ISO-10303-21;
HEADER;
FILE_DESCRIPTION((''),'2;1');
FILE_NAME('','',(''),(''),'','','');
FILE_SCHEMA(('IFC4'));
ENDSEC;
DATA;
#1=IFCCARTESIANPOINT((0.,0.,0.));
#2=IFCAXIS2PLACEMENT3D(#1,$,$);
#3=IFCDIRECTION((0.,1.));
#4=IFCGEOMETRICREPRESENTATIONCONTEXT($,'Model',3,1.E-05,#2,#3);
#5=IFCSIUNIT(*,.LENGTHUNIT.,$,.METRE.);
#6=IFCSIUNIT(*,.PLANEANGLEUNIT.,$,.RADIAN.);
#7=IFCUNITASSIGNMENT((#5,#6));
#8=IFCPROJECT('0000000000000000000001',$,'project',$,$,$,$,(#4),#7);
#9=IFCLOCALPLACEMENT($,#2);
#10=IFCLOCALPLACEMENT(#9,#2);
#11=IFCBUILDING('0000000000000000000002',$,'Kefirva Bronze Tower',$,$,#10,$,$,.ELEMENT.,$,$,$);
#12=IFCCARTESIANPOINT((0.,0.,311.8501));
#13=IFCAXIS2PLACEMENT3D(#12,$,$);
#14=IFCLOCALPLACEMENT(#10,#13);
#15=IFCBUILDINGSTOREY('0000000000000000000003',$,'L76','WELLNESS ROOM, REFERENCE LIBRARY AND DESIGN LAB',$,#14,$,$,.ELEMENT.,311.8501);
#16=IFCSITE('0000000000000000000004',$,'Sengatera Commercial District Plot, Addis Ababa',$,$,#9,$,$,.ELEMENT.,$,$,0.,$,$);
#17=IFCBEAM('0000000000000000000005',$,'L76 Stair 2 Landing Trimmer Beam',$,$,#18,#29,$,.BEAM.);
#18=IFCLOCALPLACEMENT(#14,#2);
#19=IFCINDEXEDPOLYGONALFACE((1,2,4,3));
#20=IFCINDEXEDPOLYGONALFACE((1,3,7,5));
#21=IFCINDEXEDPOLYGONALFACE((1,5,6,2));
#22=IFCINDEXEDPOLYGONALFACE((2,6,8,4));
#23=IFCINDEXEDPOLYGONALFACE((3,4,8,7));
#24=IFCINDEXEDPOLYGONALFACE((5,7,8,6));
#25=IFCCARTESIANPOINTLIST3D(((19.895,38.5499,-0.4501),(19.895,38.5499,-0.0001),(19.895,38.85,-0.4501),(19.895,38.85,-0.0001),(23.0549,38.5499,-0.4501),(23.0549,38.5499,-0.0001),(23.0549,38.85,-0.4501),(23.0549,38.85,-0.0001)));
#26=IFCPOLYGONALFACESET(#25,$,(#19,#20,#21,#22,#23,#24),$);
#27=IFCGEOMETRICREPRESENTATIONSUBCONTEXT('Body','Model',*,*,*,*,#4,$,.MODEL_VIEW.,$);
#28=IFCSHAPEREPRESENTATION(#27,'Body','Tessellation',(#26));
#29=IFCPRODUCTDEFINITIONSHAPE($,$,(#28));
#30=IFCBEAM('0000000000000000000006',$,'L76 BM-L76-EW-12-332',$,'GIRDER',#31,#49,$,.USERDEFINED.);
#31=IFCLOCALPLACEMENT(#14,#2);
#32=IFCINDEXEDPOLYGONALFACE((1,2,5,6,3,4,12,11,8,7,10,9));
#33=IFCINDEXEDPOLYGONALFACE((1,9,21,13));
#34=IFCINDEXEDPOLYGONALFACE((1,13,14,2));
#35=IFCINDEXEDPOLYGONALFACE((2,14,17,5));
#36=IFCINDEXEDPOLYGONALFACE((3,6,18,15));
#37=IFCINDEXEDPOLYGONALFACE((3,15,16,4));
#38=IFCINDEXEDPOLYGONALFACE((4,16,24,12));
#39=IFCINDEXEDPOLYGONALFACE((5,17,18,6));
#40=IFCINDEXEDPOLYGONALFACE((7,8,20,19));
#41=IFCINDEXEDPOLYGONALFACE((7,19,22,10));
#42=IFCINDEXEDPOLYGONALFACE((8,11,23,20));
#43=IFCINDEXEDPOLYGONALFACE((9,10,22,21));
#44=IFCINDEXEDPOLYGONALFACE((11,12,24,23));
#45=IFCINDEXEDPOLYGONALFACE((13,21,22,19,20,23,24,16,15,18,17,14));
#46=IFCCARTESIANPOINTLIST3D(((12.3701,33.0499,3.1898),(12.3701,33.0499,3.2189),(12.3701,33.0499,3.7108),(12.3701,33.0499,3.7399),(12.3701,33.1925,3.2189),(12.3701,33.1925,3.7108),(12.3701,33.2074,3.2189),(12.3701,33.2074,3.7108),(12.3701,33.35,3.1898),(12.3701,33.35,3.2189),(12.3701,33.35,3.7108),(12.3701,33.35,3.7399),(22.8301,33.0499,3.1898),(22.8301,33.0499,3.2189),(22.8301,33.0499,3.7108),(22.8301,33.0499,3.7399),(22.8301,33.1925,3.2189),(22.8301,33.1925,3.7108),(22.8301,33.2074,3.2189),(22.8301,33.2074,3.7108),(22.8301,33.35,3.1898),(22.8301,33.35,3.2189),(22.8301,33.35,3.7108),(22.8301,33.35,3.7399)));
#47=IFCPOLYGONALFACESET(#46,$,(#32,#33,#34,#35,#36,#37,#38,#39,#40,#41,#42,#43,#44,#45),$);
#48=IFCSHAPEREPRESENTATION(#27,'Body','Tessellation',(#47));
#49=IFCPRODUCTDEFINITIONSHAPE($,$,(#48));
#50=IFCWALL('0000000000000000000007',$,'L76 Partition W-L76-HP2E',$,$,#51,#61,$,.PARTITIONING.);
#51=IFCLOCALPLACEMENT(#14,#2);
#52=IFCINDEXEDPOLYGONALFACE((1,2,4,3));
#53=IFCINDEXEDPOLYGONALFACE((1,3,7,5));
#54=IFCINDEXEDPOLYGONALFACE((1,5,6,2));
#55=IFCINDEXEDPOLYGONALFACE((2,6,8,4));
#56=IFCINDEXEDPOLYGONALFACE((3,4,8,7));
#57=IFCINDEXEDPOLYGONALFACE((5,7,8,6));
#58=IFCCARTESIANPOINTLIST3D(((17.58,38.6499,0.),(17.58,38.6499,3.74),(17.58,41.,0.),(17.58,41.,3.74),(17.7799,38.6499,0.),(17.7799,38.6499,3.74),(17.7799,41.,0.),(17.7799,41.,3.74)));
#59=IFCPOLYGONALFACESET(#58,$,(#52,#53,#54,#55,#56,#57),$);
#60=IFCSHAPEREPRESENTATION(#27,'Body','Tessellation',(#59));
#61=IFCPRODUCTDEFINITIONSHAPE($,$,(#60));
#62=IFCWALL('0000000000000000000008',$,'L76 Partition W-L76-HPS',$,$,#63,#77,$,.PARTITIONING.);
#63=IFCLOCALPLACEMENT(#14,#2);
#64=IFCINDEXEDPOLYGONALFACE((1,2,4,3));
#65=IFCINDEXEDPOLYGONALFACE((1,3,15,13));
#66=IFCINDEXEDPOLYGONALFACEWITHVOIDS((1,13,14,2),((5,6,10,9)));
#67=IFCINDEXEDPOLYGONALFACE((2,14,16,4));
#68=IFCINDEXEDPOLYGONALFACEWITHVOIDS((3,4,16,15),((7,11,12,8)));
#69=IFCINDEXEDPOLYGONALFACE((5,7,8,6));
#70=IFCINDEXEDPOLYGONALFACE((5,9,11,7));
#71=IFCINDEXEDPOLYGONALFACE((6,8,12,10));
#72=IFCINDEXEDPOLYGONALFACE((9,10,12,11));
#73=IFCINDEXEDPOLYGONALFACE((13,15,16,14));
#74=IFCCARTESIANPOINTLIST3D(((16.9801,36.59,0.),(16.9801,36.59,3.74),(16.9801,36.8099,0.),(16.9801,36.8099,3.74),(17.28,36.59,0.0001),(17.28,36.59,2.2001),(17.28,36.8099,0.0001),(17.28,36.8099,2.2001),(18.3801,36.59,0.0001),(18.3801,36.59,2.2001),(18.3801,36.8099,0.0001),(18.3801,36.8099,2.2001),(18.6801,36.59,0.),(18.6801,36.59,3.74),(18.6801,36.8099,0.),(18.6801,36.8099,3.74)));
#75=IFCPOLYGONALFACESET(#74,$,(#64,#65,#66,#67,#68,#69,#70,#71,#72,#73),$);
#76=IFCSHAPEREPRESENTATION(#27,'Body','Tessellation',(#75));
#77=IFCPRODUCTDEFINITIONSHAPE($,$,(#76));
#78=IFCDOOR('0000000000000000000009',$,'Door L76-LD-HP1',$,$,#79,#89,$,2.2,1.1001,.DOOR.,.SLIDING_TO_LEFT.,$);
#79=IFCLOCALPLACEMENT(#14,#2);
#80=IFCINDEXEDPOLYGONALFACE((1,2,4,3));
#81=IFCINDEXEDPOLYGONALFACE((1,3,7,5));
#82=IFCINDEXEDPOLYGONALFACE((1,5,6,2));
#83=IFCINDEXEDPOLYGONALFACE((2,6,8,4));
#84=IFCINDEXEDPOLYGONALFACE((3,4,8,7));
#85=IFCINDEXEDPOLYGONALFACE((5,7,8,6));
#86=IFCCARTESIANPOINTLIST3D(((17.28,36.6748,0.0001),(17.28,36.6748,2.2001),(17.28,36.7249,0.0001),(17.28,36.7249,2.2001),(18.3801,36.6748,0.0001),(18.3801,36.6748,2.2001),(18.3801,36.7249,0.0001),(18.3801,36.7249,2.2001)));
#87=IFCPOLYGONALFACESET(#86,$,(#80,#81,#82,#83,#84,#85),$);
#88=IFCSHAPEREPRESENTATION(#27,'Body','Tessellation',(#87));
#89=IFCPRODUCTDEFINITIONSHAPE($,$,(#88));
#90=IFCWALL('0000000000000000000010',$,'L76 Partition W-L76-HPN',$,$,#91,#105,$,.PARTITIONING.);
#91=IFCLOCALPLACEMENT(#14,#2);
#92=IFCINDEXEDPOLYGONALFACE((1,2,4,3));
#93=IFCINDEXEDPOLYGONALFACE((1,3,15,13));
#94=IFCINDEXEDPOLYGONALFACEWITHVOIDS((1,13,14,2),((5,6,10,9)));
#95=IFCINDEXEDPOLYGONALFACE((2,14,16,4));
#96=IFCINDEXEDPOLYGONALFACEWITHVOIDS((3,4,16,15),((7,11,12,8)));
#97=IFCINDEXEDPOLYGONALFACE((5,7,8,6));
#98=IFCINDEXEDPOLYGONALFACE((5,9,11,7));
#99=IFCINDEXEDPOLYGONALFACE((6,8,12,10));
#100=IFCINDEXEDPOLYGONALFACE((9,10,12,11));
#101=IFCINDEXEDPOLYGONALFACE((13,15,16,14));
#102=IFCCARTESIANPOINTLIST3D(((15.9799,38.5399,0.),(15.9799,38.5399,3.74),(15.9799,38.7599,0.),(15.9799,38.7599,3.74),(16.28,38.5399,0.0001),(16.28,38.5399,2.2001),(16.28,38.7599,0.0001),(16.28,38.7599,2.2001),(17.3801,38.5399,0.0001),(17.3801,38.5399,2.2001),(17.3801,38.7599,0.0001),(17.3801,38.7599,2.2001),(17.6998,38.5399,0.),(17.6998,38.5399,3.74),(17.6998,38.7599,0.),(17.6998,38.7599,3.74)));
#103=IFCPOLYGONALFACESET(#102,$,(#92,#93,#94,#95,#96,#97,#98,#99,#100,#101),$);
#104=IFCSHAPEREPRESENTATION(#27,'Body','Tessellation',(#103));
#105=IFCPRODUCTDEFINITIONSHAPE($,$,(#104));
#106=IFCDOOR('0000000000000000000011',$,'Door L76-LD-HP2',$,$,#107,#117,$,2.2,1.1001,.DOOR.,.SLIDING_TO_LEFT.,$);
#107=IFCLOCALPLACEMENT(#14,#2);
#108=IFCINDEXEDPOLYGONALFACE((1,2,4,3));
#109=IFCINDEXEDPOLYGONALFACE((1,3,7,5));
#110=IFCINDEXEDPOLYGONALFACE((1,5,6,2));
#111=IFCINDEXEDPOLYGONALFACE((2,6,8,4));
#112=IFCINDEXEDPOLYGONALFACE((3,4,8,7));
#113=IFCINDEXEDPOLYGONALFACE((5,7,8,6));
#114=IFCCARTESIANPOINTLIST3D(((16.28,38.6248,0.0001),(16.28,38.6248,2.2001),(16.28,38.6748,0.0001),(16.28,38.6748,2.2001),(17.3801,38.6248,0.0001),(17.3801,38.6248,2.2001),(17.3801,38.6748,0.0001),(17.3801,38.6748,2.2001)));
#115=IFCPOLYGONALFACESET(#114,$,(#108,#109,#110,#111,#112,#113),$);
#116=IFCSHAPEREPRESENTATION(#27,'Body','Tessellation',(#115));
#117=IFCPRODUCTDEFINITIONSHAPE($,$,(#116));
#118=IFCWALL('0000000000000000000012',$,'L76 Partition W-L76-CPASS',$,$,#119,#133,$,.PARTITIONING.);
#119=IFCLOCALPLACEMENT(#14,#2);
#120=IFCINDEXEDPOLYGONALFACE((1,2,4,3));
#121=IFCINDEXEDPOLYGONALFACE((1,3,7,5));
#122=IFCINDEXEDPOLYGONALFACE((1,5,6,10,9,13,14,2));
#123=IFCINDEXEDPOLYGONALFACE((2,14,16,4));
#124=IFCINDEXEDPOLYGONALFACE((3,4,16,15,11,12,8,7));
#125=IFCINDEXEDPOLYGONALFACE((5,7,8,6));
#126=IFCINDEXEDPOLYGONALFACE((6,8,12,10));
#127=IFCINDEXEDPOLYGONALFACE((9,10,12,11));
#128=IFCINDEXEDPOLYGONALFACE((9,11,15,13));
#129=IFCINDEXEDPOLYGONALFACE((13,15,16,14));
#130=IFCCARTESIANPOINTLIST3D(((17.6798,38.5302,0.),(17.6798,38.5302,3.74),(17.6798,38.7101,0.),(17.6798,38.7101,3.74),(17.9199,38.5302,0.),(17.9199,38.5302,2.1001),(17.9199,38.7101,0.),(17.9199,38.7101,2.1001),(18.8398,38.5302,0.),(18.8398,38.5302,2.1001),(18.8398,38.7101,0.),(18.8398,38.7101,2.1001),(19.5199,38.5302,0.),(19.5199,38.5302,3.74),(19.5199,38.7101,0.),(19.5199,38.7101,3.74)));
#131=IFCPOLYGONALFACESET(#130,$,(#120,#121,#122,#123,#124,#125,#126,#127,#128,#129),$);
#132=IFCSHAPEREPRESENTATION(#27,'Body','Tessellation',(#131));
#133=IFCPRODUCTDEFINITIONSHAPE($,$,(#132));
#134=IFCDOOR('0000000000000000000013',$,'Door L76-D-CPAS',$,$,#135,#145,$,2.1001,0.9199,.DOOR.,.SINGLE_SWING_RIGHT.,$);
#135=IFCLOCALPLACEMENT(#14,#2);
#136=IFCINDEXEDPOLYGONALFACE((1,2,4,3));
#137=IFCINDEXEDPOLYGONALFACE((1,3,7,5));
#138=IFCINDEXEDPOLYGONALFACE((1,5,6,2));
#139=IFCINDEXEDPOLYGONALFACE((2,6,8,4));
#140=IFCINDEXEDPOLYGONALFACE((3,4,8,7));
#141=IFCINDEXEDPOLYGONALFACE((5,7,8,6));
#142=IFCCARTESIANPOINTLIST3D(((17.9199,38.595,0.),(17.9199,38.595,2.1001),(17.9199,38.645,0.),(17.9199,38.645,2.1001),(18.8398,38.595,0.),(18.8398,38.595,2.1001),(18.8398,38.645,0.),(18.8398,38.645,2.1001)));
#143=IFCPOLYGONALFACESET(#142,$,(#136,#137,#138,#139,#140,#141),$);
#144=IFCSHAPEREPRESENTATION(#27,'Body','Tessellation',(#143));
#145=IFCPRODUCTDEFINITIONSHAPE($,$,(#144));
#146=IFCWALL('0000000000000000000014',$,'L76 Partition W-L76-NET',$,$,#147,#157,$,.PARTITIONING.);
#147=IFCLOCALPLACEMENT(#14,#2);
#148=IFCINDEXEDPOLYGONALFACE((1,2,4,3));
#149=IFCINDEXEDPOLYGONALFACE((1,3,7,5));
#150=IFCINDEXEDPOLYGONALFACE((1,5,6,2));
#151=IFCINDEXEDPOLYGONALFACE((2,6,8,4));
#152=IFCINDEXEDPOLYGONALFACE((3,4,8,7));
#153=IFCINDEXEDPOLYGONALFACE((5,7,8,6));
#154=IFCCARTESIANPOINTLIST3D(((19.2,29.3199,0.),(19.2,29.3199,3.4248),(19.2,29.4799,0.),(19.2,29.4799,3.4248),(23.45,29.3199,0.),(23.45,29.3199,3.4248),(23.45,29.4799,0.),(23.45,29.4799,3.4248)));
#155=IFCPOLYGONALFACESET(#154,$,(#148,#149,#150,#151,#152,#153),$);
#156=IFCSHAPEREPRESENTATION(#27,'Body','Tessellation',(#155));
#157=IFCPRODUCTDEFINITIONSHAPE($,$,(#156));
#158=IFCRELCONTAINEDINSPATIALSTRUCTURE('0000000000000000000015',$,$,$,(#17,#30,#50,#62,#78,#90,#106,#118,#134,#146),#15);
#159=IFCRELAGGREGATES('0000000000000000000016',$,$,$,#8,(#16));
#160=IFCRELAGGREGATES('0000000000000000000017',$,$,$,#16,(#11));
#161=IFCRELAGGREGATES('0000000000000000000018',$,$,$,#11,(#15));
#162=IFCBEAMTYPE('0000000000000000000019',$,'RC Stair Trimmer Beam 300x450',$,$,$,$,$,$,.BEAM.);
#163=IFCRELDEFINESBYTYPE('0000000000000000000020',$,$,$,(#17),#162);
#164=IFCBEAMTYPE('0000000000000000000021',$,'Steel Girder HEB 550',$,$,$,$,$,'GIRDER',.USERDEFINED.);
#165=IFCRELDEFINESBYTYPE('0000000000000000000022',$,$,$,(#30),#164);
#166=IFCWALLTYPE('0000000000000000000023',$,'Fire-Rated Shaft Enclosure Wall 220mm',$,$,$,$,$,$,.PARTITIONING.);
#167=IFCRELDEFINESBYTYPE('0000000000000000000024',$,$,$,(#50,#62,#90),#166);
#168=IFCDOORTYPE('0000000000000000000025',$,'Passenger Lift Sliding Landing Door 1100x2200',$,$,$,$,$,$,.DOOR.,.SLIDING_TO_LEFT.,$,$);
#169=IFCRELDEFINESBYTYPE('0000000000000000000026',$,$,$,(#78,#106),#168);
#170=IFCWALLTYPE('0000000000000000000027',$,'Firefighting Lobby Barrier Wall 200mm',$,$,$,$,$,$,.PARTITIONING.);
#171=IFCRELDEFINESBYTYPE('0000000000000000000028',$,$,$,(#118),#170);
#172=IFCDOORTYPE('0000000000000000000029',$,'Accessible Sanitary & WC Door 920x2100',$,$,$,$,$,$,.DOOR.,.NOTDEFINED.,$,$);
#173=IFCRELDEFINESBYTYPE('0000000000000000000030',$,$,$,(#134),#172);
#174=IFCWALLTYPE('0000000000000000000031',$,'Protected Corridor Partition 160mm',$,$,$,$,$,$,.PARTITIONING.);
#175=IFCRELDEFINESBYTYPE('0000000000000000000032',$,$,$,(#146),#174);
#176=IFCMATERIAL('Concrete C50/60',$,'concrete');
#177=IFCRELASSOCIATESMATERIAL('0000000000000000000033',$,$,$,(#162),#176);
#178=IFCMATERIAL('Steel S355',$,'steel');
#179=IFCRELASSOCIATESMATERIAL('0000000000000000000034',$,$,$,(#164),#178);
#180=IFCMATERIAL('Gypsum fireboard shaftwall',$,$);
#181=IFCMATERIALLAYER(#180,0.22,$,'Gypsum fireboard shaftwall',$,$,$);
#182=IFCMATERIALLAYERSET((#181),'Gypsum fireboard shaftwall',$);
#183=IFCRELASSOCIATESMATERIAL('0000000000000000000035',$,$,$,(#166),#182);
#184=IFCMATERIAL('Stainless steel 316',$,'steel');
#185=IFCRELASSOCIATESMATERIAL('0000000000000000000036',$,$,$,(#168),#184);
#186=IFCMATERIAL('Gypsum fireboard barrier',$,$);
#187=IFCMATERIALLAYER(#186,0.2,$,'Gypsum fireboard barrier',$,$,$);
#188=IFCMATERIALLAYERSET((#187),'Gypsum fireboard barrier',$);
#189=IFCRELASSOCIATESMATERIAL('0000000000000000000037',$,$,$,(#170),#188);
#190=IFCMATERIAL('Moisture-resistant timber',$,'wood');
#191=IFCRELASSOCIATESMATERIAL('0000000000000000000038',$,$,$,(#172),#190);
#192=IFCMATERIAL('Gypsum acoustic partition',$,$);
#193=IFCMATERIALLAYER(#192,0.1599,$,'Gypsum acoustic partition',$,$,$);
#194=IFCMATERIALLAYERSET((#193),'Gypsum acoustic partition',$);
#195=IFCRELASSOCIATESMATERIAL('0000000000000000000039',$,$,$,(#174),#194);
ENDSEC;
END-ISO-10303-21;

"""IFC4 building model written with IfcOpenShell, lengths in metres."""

from ifc_helpers import new_model, si_unit, direction, frame, frame_2d, origin, origin_2d, place, context, subcontext, project, spatial, rectangle, i_section, extrude, material, layer, layer_set, material_profile, profile_set, type_object, element, fill, save


model = new_model("IFC4")

# Units and contexts
model_context = context("Model", 3, precision=1e-05, world=origin(), true_north=direction((0.0, 1.0)))
body_context = subcontext(model_context, "Body", "Model", "MODEL_VIEW")
ifc_project = project(units=[si_unit("LENGTHUNIT", "METRE"), si_unit("PLANEANGLEUNIT", "RADIAN")], contexts=[model_context])

# Site, building, storey
site_placement = place(None, origin())
site = spatial("IfcSite", under=ifc_project, at=site_placement, Name="Sengatera Commercial District Plot, Addis Ababa", CompositionType="ELEMENT", RefElevation=0.0)
building_placement = place(site_placement, origin())
building = spatial("IfcBuilding", under=site, at=building_placement, Name="Kefirva Bronze Tower", CompositionType="ELEMENT")
storey_placement = place(building_placement, frame((0.0, 0.0, 311.8501)))
storey = spatial("IfcBuildingStorey", under=building, at=storey_placement, Name="L76", Description="WELLNESS ROOM, REFERENCE LIBRARY AND DESIGN LAB", CompositionType="ELEMENT", Elevation=311.8501)

# Beams
ifc_material_1 = material(Name="Concrete C50/60", Category="concrete")
ifc_material_profile_1 = material_profile(ifc_material_1, rectangle(XDim=0.3, YDim=0.45, at=origin_2d()), Name="RC 300x450")
ifc_profile_set_1 = profile_set([ifc_material_profile_1], Name="Concrete C50/60")
beam_type_1 = type_object("IfcBeamType", Name="RC Stair Trimmer Beam 300x450", PredefinedType="BEAM", material=ifc_profile_set_1)
beam_1_placement = place(storey_placement, frame((19.895, 38.7, -0.2251), z_axis=(1.0, 0.0, 0.0), x_axis=(0.0, 1.0, 0.0)))
element("IfcBeam", 1, at=beam_1_placement, inside=storey, type_object=beam_type_1, Name="L76 Stair 2 Landing Trimmer Beam", PredefinedType="BEAM", context=body_context, shape_type="SweptSolid", body=[
    extrude(rectangle(XDim=0.3, YDim=0.45, at=origin_2d()), origin(), (0.0, 0.0, 1.0), 3.1599),
])
ifc_material_2 = material(Name="Steel S355", Category="steel")
ifc_material_profile_2 = material_profile(ifc_material_2, i_section(OverallWidth=0.3, OverallDepth=0.55, WebThickness=0.0149, FlangeThickness=0.0291, at=origin_2d()), Name="HEB 550")
ifc_profile_set_2 = profile_set([ifc_material_profile_2], Name="Steel S355")
beam_type_2 = type_object("IfcBeamType", Name="Steel Girder HEB 550", ElementType="GIRDER", PredefinedType="USERDEFINED", material=ifc_profile_set_2)
beam_2_placement = place(storey_placement, frame((12.3701, 33.2, 3.4648), z_axis=(1.0, 0.0, 0.0), x_axis=(0.0, 1.0, 0.0)))
element("IfcBeam", 2, at=beam_2_placement, inside=storey, type_object=beam_type_2, Name="L76 BM-L76-EW-12-332", ObjectType="GIRDER", PredefinedType="USERDEFINED", context=body_context, shape_type="SweptSolid", body=[
    extrude(i_section(OverallWidth=0.3, OverallDepth=0.55, WebThickness=0.0149, FlangeThickness=0.0291, at=origin_2d()), origin(), (0.0, 0.0, 1.0), 10.46),
])

# Shared definitions
ifc_material_3 = material(Name="Gypsum acoustic partition")
ifc_material_4 = material(Name="Gypsum fireboard shaftwall")
ifc_layer_1 = layer(ifc_material_4, 0.22, Name="Gypsum fireboard shaftwall")
ifc_layer_set_1 = layer_set([ifc_layer_1], Name="Gypsum fireboard shaftwall")
wall_type_1 = type_object("IfcWallType", Name="Fire-Rated Shaft Enclosure Wall 220mm", PredefinedType="PARTITIONING", material=ifc_layer_set_1)

# Wall
wall_1_placement = place(storey_placement, frame((17.6799, 38.6499, 0.0), z_axis=(0.0, 0.0, 1.0), x_axis=(0.0, 1.0, 0.0)))
element("IfcWall", 3, at=wall_1_placement, inside=storey, type_object=wall_type_1, Name="L76 Partition W-L76-HP2E", PredefinedType="PARTITIONING", context=body_context, shape_type="SweptSolid", body=[
    extrude(rectangle(XDim=2.3501, YDim=0.2, at=frame_2d((1.175, 0.0))), origin(), (0.0, 0.0, 1.0), 3.74),
])

# Walls, openings, doors
wall_2_placement = place(storey_placement, frame((16.98, 36.7, 0.0), z_axis=(0.0, 0.0, 1.0), x_axis=(1.0, 0.0, 0.0)))
wall_2 = element("IfcWall", 4, at=wall_2_placement, inside=storey, type_object=wall_type_1, Name="L76 Partition W-L76-HPS", PredefinedType="PARTITIONING", context=body_context, shape_type="SweptSolid", body=[
    extrude(rectangle(XDim=1.7, YDim=0.22, at=frame_2d((0.8501, 0.0))), origin(), (0.0, 0.0, 1.0), 3.74),
])
opening_1_placement = place(wall_2_placement, frame((0.3, 0.0, 0.0)))
opening_1 = element("IfcOpeningElement", 5, at=opening_1_placement, cuts=wall_2, PredefinedType="OPENING", context=body_context, shape_type="SweptSolid", body=[
    extrude(rectangle(XDim=1.1001, YDim=2.2, at=frame_2d((0.55, 1.1001))), frame((0.0, 0.1201, 0.0), z_axis=(0.0, -1.0, 0.0), x_axis=(1.0, 0.0, 0.0)), (0.0, 0.0, 1.0), 0.24),
])
ifc_material_5 = material(Name="Stainless steel 316", Category="steel")
door_type_1 = type_object("IfcDoorType", Name="Passenger Lift Sliding Landing Door 1100x2200", OperationType="SLIDING_TO_LEFT", PredefinedType="DOOR", material=ifc_material_5)
door_1_placement = place(opening_1_placement, origin())
door_1 = element("IfcDoor", 6, at=door_1_placement, inside=storey, type_object=door_type_1, Name="Door L76-LD-HP1", OperationType="SLIDING_TO_LEFT", OverallHeight=2.2, OverallWidth=1.1001, PredefinedType="DOOR", context=body_context, shape_type="SweptSolid", body=[
    extrude(rectangle(XDim=1.1001, YDim=2.2, at=frame_2d((0.55, 1.1001))), frame((0.0, 0.0249, 0.0), z_axis=(0.0, -1.0, 0.0), x_axis=(1.0, 0.0, 0.0)), (0.0, 0.0, 1.0), 0.05),
])
fill(opening_1, door_1)
wall_3_placement = place(storey_placement, frame((15.98, 38.6499, 0.0), z_axis=(0.0, 0.0, 1.0), x_axis=(1.0, 0.0, 0.0)))
wall_3 = element("IfcWall", 7, at=wall_3_placement, inside=storey, type_object=wall_type_1, Name="L76 Partition W-L76-HPN", PredefinedType="PARTITIONING", context=body_context, shape_type="SweptSolid", body=[
    extrude(rectangle(XDim=1.72, YDim=0.22, at=frame_2d((0.8599, 0.0))), origin(), (0.0, 0.0, 1.0), 3.74),
])
opening_2_placement = place(wall_3_placement, frame((0.3, 0.0, 0.0)))
opening_2 = element("IfcOpeningElement", 8, at=opening_2_placement, cuts=wall_3, PredefinedType="OPENING", context=body_context, shape_type="SweptSolid", body=[
    extrude(rectangle(XDim=1.1001, YDim=2.2, at=frame_2d((0.55, 1.1001))), frame((0.0, 0.1201, 0.0), z_axis=(0.0, -1.0, 0.0), x_axis=(1.0, 0.0, 0.0)), (0.0, 0.0, 1.0), 0.24),
])
door_2_placement = place(opening_2_placement, origin())
door_2 = element("IfcDoor", 9, at=door_2_placement, inside=storey, type_object=door_type_1, Name="Door L76-LD-HP2", OperationType="SLIDING_TO_LEFT", OverallHeight=2.2, OverallWidth=1.1001, PredefinedType="DOOR", context=body_context, shape_type="SweptSolid", body=[
    extrude(rectangle(XDim=1.1001, YDim=2.2, at=frame_2d((0.55, 1.1001))), frame((0.0, 0.0249, 0.0), z_axis=(0.0, -1.0, 0.0), x_axis=(1.0, 0.0, 0.0)), (0.0, 0.0, 1.0), 0.05),
])
fill(opening_2, door_2)
ifc_material_6 = material(Name="Gypsum fireboard barrier")
ifc_layer_2 = layer(ifc_material_6, 0.2, Name="Gypsum fireboard barrier")
ifc_layer_set_2 = layer_set([ifc_layer_2], Name="Gypsum fireboard barrier")
wall_type_2 = type_object("IfcWallType", Name="Firefighting Lobby Barrier Wall 200mm", PredefinedType="PARTITIONING", material=ifc_layer_set_2)
wall_4_placement = place(storey_placement, frame((17.6799, 38.6201, 0.0), z_axis=(0.0, 0.0, 1.0), x_axis=(1.0, 0.0, 0.0)))
wall_4 = element("IfcWall", 10, at=wall_4_placement, inside=storey, type_object=wall_type_2, Name="L76 Partition W-L76-CPASS", PredefinedType="PARTITIONING", context=body_context, shape_type="SweptSolid", body=[
    extrude(rectangle(XDim=1.8401, YDim=0.1799, at=frame_2d((0.9199, 0.0))), origin(), (0.0, 0.0, 1.0), 3.74),
])
opening_3_placement = place(wall_4_placement, frame((0.24, 0.0, 0.0)))
opening_3 = element("IfcOpeningElement", 11, at=opening_3_placement, cuts=wall_4, PredefinedType="OPENING", context=body_context, shape_type="SweptSolid", body=[
    extrude(rectangle(XDim=0.9199, YDim=2.1001, at=frame_2d((0.46, 1.05))), frame((0.0, 0.1001, 0.0), z_axis=(0.0, -1.0, 0.0), x_axis=(1.0, 0.0, 0.0)), (0.0, 0.0, 1.0), 0.2),
])
ifc_material_7 = material(Name="Moisture-resistant timber", Category="wood")
door_type_2 = type_object("IfcDoorType", Name="Accessible Sanitary & WC Door 920x2100", OperationType="NOTDEFINED", PredefinedType="DOOR", material=ifc_material_7)
door_3_placement = place(opening_3_placement, origin())
door_3 = element("IfcDoor", 12, at=door_3_placement, inside=storey, type_object=door_type_2, Name="Door L76-D-CPAS", OperationType="SINGLE_SWING_RIGHT", OverallHeight=2.1001, OverallWidth=0.9199, PredefinedType="DOOR", context=body_context, shape_type="SweptSolid", body=[
    extrude(rectangle(XDim=0.9199, YDim=2.1001, at=frame_2d((0.46, 1.05))), frame((0.0, 0.0249, 0.0), z_axis=(0.0, -1.0, 0.0), x_axis=(1.0, 0.0, 0.0)), (0.0, 0.0, 1.0), 0.05),
])
fill(opening_3, door_3)

# Wall
ifc_layer_3 = layer(ifc_material_3, 0.1599, Name="Gypsum acoustic partition")
ifc_layer_set_3 = layer_set([ifc_layer_3], Name="Gypsum acoustic partition")
wall_type_3 = type_object("IfcWallType", Name="Protected Corridor Partition 160mm", PredefinedType="PARTITIONING", material=ifc_layer_set_3)
wall_5_placement = place(storey_placement, frame((19.2, 29.3999, 0.0), z_axis=(0.0, 0.0, 1.0), x_axis=(1.0, 0.0, 0.0)))
element("IfcWall", 13, at=wall_5_placement, inside=storey, type_object=wall_type_3, Name="L76 Partition W-L76-NET", PredefinedType="PARTITIONING", context=body_context, shape_type="SweptSolid", body=[
    extrude(rectangle(XDim=4.25, YDim=0.1599, at=frame_2d((2.125, 0.0))), origin(), (0.0, 0.0, 1.0), 3.4248),
])

save(model, "model.ifc")
